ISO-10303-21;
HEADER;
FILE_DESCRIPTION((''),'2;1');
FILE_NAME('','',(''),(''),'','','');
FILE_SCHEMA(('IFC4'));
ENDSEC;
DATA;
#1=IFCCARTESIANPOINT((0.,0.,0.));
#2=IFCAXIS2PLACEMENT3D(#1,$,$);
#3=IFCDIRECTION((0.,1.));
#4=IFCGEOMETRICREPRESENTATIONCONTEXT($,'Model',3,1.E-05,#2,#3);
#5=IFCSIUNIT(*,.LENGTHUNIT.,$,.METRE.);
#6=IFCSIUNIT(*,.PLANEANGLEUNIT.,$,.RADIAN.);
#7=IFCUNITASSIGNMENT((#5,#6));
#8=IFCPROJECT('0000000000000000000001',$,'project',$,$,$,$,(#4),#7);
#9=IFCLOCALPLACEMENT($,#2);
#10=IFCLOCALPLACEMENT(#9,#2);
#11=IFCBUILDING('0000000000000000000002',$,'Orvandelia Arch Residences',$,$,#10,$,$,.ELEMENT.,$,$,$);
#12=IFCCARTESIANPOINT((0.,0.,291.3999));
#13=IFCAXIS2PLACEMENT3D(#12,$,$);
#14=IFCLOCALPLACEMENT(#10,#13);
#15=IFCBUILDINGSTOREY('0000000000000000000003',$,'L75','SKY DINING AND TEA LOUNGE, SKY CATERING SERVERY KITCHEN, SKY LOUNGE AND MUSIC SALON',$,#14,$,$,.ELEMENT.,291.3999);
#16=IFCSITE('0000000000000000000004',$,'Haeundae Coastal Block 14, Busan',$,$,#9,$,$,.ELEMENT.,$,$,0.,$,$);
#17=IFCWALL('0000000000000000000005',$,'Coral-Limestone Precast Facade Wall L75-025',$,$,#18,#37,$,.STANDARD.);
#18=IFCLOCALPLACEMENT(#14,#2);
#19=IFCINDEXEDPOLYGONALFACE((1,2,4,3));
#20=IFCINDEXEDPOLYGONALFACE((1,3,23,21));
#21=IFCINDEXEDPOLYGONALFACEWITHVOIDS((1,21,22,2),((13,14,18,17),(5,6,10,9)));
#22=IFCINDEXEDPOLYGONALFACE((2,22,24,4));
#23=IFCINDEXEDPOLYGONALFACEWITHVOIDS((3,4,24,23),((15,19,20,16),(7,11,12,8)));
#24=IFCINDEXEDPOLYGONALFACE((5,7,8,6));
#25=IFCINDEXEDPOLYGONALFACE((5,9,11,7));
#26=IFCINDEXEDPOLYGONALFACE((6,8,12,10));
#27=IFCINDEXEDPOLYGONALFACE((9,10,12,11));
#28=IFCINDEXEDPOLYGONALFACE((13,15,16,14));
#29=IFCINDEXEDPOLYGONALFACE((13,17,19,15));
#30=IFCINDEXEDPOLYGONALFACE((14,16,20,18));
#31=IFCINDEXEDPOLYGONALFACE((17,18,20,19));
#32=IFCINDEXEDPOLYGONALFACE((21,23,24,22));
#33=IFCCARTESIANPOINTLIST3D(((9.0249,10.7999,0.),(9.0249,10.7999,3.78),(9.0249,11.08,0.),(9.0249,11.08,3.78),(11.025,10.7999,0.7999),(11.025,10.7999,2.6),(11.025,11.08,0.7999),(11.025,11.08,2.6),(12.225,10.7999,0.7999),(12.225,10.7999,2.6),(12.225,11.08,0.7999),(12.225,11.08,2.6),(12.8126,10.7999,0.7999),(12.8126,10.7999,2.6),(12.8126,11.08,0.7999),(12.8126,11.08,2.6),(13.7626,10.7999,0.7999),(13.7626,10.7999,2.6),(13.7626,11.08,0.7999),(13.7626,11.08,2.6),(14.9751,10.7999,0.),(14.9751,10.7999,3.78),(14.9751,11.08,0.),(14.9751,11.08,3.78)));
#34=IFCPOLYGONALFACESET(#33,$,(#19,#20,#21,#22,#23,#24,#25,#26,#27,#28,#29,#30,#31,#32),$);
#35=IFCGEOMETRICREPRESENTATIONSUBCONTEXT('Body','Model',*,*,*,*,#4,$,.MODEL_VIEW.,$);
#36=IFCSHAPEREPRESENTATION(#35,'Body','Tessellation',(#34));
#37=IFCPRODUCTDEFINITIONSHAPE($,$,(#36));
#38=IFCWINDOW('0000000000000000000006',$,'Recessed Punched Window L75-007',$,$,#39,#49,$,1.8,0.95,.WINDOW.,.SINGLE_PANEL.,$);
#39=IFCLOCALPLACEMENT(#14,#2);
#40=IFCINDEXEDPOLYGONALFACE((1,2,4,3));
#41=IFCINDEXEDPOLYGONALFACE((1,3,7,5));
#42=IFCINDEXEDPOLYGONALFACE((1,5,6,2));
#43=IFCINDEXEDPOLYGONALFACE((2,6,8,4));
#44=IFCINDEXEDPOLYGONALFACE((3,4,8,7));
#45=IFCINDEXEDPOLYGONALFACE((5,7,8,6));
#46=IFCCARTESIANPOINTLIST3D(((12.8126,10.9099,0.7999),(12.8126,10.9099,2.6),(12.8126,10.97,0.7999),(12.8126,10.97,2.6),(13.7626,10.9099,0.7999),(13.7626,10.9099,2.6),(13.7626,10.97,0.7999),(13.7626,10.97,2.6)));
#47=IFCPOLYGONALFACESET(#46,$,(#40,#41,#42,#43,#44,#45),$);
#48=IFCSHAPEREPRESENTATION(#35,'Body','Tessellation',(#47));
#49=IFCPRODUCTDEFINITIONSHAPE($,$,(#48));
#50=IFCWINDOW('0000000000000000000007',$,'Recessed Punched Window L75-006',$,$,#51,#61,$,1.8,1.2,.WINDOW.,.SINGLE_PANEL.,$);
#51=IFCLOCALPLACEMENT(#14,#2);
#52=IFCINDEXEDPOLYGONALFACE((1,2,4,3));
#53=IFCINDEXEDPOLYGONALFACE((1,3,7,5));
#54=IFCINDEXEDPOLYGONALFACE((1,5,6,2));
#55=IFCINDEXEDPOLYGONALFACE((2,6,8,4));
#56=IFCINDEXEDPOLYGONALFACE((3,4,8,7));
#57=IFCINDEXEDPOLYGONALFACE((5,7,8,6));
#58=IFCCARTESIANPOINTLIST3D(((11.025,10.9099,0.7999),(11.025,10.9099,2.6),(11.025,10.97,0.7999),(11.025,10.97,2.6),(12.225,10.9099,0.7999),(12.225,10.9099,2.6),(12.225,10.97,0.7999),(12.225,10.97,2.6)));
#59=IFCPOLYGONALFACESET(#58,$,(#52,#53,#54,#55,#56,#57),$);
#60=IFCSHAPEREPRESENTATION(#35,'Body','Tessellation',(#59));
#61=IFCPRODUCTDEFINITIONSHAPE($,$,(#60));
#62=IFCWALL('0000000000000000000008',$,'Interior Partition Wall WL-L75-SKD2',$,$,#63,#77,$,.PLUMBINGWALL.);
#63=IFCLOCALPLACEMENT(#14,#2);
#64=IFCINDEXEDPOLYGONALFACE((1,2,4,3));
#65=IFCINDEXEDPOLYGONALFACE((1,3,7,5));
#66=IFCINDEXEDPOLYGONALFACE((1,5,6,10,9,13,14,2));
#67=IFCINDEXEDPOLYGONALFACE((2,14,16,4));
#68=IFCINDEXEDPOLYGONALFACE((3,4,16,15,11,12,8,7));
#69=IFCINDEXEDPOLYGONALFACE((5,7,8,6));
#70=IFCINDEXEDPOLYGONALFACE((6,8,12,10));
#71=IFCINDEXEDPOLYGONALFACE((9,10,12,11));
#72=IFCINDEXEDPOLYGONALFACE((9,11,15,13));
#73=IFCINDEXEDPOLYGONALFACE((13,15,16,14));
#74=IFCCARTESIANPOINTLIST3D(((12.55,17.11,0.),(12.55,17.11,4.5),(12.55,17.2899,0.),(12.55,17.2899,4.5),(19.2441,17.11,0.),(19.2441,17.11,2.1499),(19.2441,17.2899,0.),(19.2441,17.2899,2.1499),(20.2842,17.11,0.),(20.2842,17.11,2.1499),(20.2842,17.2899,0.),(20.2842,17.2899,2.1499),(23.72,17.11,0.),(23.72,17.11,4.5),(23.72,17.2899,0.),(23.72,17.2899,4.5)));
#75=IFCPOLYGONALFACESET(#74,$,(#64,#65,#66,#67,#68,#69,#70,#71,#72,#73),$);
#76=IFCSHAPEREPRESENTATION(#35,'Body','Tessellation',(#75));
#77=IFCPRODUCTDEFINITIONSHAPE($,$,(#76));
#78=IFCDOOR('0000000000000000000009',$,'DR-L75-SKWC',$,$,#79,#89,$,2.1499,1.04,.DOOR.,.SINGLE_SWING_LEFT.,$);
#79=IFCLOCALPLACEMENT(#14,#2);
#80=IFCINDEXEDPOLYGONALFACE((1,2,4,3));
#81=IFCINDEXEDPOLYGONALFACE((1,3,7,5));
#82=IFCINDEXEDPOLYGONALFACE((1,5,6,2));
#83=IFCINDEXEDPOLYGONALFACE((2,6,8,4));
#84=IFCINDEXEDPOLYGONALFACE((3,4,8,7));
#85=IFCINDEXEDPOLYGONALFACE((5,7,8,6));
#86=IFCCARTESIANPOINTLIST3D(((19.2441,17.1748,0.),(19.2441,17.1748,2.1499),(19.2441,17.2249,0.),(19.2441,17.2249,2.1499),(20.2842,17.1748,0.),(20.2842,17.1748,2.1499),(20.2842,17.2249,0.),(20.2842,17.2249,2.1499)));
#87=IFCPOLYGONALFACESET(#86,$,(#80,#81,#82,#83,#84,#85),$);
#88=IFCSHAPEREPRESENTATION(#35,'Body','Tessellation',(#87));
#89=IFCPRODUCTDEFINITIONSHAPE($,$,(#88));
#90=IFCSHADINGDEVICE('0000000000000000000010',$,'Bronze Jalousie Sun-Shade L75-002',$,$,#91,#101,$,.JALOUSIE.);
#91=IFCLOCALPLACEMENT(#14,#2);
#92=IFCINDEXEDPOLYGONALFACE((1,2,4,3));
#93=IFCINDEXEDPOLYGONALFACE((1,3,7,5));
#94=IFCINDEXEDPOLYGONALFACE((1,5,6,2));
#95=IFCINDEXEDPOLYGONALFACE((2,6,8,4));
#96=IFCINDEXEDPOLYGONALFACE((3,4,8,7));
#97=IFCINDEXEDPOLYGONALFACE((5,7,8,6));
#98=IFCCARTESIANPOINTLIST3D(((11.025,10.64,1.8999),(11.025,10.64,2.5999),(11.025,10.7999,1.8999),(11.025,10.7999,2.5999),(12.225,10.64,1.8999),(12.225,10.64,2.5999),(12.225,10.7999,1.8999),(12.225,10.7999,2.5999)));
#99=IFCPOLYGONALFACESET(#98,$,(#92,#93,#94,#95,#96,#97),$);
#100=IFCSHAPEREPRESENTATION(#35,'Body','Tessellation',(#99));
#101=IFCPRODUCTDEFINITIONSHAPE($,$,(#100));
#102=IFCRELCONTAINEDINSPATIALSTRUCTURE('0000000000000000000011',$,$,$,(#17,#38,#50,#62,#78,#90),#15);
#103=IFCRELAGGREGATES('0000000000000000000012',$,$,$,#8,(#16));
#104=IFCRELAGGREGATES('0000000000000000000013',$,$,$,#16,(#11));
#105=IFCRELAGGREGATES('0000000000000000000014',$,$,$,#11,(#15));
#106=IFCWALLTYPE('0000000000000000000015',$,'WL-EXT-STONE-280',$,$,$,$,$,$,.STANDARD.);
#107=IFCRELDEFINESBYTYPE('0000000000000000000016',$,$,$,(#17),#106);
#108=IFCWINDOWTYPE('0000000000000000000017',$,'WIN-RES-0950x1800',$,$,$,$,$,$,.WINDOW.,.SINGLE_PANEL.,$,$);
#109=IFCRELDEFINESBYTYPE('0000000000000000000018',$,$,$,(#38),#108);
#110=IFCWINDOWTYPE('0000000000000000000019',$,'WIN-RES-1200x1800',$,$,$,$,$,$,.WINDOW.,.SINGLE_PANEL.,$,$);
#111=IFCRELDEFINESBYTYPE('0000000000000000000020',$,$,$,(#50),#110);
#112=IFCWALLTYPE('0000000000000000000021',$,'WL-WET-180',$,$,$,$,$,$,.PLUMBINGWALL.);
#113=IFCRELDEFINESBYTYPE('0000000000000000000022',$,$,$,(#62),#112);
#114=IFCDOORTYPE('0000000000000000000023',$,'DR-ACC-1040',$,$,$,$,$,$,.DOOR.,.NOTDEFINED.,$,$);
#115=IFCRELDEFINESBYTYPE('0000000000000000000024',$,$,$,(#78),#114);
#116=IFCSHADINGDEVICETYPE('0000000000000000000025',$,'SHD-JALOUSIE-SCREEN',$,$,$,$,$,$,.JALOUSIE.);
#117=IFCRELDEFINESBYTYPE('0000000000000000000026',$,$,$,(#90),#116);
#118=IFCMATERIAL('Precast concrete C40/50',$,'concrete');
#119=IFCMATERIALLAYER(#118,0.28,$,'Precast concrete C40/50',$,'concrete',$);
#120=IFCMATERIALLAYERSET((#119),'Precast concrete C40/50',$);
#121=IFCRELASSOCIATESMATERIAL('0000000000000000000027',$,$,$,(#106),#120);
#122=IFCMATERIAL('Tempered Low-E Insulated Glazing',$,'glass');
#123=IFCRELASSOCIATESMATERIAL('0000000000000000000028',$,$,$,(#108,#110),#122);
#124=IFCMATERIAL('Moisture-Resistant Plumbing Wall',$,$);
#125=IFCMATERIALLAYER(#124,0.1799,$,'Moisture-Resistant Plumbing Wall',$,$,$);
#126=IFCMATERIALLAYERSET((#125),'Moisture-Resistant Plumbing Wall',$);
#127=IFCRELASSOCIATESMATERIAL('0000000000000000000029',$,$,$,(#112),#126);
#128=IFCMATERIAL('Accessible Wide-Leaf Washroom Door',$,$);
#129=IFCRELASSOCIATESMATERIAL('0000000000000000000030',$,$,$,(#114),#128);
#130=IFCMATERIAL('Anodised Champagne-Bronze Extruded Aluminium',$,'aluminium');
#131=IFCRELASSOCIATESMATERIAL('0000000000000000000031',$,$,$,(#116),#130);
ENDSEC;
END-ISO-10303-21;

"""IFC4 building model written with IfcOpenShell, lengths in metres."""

from ifc_helpers import new_model, si_unit, direction, frame, frame_2d, origin, origin_2d, place, context, subcontext, project, spatial, rectangle, extrude, material, layer, layer_set, type_object, element, fill, save


model = new_model("IFC4")

# Units and contexts
model_context = context("Model", 3, precision=1e-05, world=origin(), true_north=direction((0.0, 1.0)))
body_context = subcontext(model_context, "Body", "Model", "MODEL_VIEW")
ifc_project = project(units=[si_unit("LENGTHUNIT", "METRE"), si_unit("PLANEANGLEUNIT", "RADIAN")], contexts=[model_context])

# Site, building, storey
site_placement = place(None, origin())
site = spatial("IfcSite", under=ifc_project, at=site_placement, Name="Haeundae Coastal Block 14, Busan", CompositionType="ELEMENT", RefElevation=0.0)
building_placement = place(site_placement, origin())
building = spatial("IfcBuilding", under=site, at=building_placement, Name="Orvandelia Arch Residences", CompositionType="ELEMENT")
storey_placement = place(building_placement, frame((0.0, 0.0, 291.3999)))
storey = spatial("IfcBuildingStorey", under=building, at=storey_placement, Name="L75", Description="SKY DINING AND TEA LOUNGE, SKY CATERING SERVERY KITCHEN, SKY LOUNGE AND MUSIC SALON", CompositionType="ELEMENT", Elevation=291.3999)

# Wall, openings, windows
ifc_material_1 = material(Name="Precast concrete C40/50", Category="concrete")
ifc_layer_1 = layer(ifc_material_1, 0.28, Name="Precast concrete C40/50", Category="concrete")
ifc_layer_set_1 = layer_set([ifc_layer_1], Name="Precast concrete C40/50")
wall_type_1 = type_object("IfcWallType", Name="WL-EXT-STONE-280", PredefinedType="STANDARD", material=ifc_layer_set_1)
wall_1_placement = place(storey_placement, frame((14.9751, 10.9399, 0.0), z_axis=(0.0, 0.0, 1.0), x_axis=(-1.0, 0.0, 0.0)))
wall_1 = element("IfcWall", 1, at=wall_1_placement, inside=storey, type_object=wall_type_1, Name="Coral-Limestone Precast Facade Wall L75-025", PredefinedType="STANDARD", context=body_context, shape_type="SweptSolid", body=[
    extrude(rectangle(XDim=5.9502, YDim=0.28, at=frame_2d((2.9751, 0.0))), origin(), (0.0, 0.0, 1.0), 3.78),
])
opening_1_placement = place(wall_1_placement, frame((2.75, 0.0, 0.8)))
opening_1 = element("IfcOpeningElement", 2, at=opening_1_placement, cuts=wall_1, PredefinedType="OPENING", context=body_context, shape_type="SweptSolid", body=[
    extrude(rectangle(XDim=1.2, YDim=1.8, at=frame_2d((0.6001, 0.8999))), frame((0.0, 0.1499, 0.0), z_axis=(0.0, -1.0, 0.0), x_axis=(1.0, 0.0, 0.0)), (0.0, 0.0, 1.0), 0.3),
])
opening_2_placement = place(wall_1_placement, frame((1.2124, 0.0, 0.8)))
opening_2 = element("IfcOpeningElement", 3, at=opening_2_placement, cuts=wall_1, PredefinedType="OPENING", context=body_context, shape_type="SweptSolid", body=[
    extrude(rectangle(XDim=0.95, YDim=1.8, at=frame_2d((0.4751, 0.8999))), frame((0.0, 0.1499, 0.0), z_axis=(0.0, -1.0, 0.0), x_axis=(1.0, 0.0, 0.0)), (0.0, 0.0, 1.0), 0.3),
])
ifc_material_2 = material(Name="Tempered Low-E Insulated Glazing", Category="glass")
window_type_1 = type_object("IfcWindowType", Name="WIN-RES-0950x1800", PartitioningType="SINGLE_PANEL", PredefinedType="WINDOW", material=ifc_material_2)
window_1_placement = place(opening_2_placement, origin())
window_1 = element("IfcWindow", 4, at=window_1_placement, inside=storey, type_object=window_type_1, Name="Recessed Punched Window L75-007", OverallHeight=1.8, OverallWidth=0.95, PartitioningType="SINGLE_PANEL", PredefinedType="WINDOW", context=body_context, shape_type="SweptSolid", body=[
    extrude(rectangle(XDim=0.95, YDim=1.8, at=frame_2d((0.4751, 0.8999))), frame((0.0, 0.03, 0.0), z_axis=(0.0, -1.0, 0.0), x_axis=(1.0, 0.0, 0.0)), (0.0, 0.0, 1.0), 0.0601),
])
fill(opening_2, window_1)
window_type_2 = type_object("IfcWindowType", Name="WIN-RES-1200x1800", PartitioningType="SINGLE_PANEL", PredefinedType="WINDOW", material=ifc_material_2)
window_2_placement = place(opening_1_placement, origin())
window_2 = element("IfcWindow", 5, at=window_2_placement, inside=storey, type_object=window_type_2, Name="Recessed Punched Window L75-006", OverallHeight=1.8, OverallWidth=1.2, PartitioningType="SINGLE_PANEL", PredefinedType="WINDOW", context=body_context, shape_type="SweptSolid", body=[
    extrude(rectangle(XDim=1.2, YDim=1.8, at=frame_2d((0.6001, 0.8999))), frame((0.0, 0.03, 0.0), z_axis=(0.0, -1.0, 0.0), x_axis=(1.0, 0.0, 0.0)), (0.0, 0.0, 1.0), 0.0601),
])
fill(opening_1, window_2)

# Wall, opening, door
ifc_material_3 = material(Name="Moisture-Resistant Plumbing Wall")
ifc_layer_2 = layer(ifc_material_3, 0.1799, Name="Moisture-Resistant Plumbing Wall")
ifc_layer_set_2 = layer_set([ifc_layer_2], Name="Moisture-Resistant Plumbing Wall")
wall_type_2 = type_object("IfcWallType", Name="WL-WET-180", PredefinedType="PLUMBINGWALL", material=ifc_layer_set_2)
wall_2_placement = place(storey_placement, frame((12.55, 17.2, 0.0), z_axis=(0.0, 0.0, 1.0), x_axis=(1.0, 0.0, 0.0)))
wall_2 = element("IfcWall", 6, at=wall_2_placement, inside=storey, type_object=wall_type_2, Name="Interior Partition Wall WL-L75-SKD2", PredefinedType="PLUMBINGWALL", context=body_context, shape_type="SweptSolid", body=[
    extrude(rectangle(XDim=11.1699, YDim=0.1799, at=frame_2d((5.585, 0.0))), origin(), (0.0, 0.0, 1.0), 4.5),
])
opening_3_placement = place(wall_2_placement, frame((6.6941, 0.0, 0.0)))
opening_3 = element("IfcOpeningElement", 7, at=opening_3_placement, cuts=wall_2, PredefinedType="OPENING", context=body_context, shape_type="SweptSolid", body=[
    extrude(rectangle(XDim=1.04, YDim=2.1499, at=frame_2d((0.52, 1.075))), frame((0.0, 0.1001, 0.0), z_axis=(0.0, -1.0, 0.0), x_axis=(1.0, 0.0, 0.0)), (0.0, 0.0, 1.0), 0.2),
])
ifc_material_4 = material(Name="Accessible Wide-Leaf Washroom Door")
door_type_1 = type_object("IfcDoorType", Name="DR-ACC-1040", OperationType="NOTDEFINED", PredefinedType="DOOR", material=ifc_material_4)
door_1_placement = place(opening_3_placement, origin())
door_1 = element("IfcDoor", 8, at=door_1_placement, inside=storey, type_object=door_type_1, Name="DR-L75-SKWC", OperationType="SINGLE_SWING_LEFT", OverallHeight=2.1499, OverallWidth=1.04, PredefinedType="DOOR", context=body_context, shape_type="SweptSolid", body=[
    extrude(rectangle(XDim=1.04, YDim=2.1499, at=frame_2d((0.52, 1.075))), frame((0.0, 0.0249, 0.0), z_axis=(0.0, -1.0, 0.0), x_axis=(1.0, 0.0, 0.0)), (0.0, 0.0, 1.0), 0.05),
])
fill(opening_3, door_1)

# Shading device
ifc_material_5 = material(Name="Anodised Champagne-Bronze Extruded Aluminium", Category="aluminium")
shading_device_type = type_object("IfcShadingDeviceType", Name="SHD-JALOUSIE-SCREEN", PredefinedType="JALOUSIE", material=ifc_material_5)
shading_device_placement = place(storey_placement, frame((11.625, 10.72, 1.8999), z_axis=(0.0, 0.0, 1.0), x_axis=(-1.0, 0.0, 0.0)))
element("IfcShadingDevice", 9, at=shading_device_placement, inside=storey, type_object=shading_device_type, Name="Bronze Jalousie Sun-Shade L75-002", PredefinedType="JALOUSIE", context=body_context, shape_type="SweptSolid", body=[
    extrude(rectangle(XDim=1.2, YDim=0.1599, at=origin_2d()), origin(), (0.0, 0.0, 1.0), 0.7),
])

save(model, "model.ifc")
